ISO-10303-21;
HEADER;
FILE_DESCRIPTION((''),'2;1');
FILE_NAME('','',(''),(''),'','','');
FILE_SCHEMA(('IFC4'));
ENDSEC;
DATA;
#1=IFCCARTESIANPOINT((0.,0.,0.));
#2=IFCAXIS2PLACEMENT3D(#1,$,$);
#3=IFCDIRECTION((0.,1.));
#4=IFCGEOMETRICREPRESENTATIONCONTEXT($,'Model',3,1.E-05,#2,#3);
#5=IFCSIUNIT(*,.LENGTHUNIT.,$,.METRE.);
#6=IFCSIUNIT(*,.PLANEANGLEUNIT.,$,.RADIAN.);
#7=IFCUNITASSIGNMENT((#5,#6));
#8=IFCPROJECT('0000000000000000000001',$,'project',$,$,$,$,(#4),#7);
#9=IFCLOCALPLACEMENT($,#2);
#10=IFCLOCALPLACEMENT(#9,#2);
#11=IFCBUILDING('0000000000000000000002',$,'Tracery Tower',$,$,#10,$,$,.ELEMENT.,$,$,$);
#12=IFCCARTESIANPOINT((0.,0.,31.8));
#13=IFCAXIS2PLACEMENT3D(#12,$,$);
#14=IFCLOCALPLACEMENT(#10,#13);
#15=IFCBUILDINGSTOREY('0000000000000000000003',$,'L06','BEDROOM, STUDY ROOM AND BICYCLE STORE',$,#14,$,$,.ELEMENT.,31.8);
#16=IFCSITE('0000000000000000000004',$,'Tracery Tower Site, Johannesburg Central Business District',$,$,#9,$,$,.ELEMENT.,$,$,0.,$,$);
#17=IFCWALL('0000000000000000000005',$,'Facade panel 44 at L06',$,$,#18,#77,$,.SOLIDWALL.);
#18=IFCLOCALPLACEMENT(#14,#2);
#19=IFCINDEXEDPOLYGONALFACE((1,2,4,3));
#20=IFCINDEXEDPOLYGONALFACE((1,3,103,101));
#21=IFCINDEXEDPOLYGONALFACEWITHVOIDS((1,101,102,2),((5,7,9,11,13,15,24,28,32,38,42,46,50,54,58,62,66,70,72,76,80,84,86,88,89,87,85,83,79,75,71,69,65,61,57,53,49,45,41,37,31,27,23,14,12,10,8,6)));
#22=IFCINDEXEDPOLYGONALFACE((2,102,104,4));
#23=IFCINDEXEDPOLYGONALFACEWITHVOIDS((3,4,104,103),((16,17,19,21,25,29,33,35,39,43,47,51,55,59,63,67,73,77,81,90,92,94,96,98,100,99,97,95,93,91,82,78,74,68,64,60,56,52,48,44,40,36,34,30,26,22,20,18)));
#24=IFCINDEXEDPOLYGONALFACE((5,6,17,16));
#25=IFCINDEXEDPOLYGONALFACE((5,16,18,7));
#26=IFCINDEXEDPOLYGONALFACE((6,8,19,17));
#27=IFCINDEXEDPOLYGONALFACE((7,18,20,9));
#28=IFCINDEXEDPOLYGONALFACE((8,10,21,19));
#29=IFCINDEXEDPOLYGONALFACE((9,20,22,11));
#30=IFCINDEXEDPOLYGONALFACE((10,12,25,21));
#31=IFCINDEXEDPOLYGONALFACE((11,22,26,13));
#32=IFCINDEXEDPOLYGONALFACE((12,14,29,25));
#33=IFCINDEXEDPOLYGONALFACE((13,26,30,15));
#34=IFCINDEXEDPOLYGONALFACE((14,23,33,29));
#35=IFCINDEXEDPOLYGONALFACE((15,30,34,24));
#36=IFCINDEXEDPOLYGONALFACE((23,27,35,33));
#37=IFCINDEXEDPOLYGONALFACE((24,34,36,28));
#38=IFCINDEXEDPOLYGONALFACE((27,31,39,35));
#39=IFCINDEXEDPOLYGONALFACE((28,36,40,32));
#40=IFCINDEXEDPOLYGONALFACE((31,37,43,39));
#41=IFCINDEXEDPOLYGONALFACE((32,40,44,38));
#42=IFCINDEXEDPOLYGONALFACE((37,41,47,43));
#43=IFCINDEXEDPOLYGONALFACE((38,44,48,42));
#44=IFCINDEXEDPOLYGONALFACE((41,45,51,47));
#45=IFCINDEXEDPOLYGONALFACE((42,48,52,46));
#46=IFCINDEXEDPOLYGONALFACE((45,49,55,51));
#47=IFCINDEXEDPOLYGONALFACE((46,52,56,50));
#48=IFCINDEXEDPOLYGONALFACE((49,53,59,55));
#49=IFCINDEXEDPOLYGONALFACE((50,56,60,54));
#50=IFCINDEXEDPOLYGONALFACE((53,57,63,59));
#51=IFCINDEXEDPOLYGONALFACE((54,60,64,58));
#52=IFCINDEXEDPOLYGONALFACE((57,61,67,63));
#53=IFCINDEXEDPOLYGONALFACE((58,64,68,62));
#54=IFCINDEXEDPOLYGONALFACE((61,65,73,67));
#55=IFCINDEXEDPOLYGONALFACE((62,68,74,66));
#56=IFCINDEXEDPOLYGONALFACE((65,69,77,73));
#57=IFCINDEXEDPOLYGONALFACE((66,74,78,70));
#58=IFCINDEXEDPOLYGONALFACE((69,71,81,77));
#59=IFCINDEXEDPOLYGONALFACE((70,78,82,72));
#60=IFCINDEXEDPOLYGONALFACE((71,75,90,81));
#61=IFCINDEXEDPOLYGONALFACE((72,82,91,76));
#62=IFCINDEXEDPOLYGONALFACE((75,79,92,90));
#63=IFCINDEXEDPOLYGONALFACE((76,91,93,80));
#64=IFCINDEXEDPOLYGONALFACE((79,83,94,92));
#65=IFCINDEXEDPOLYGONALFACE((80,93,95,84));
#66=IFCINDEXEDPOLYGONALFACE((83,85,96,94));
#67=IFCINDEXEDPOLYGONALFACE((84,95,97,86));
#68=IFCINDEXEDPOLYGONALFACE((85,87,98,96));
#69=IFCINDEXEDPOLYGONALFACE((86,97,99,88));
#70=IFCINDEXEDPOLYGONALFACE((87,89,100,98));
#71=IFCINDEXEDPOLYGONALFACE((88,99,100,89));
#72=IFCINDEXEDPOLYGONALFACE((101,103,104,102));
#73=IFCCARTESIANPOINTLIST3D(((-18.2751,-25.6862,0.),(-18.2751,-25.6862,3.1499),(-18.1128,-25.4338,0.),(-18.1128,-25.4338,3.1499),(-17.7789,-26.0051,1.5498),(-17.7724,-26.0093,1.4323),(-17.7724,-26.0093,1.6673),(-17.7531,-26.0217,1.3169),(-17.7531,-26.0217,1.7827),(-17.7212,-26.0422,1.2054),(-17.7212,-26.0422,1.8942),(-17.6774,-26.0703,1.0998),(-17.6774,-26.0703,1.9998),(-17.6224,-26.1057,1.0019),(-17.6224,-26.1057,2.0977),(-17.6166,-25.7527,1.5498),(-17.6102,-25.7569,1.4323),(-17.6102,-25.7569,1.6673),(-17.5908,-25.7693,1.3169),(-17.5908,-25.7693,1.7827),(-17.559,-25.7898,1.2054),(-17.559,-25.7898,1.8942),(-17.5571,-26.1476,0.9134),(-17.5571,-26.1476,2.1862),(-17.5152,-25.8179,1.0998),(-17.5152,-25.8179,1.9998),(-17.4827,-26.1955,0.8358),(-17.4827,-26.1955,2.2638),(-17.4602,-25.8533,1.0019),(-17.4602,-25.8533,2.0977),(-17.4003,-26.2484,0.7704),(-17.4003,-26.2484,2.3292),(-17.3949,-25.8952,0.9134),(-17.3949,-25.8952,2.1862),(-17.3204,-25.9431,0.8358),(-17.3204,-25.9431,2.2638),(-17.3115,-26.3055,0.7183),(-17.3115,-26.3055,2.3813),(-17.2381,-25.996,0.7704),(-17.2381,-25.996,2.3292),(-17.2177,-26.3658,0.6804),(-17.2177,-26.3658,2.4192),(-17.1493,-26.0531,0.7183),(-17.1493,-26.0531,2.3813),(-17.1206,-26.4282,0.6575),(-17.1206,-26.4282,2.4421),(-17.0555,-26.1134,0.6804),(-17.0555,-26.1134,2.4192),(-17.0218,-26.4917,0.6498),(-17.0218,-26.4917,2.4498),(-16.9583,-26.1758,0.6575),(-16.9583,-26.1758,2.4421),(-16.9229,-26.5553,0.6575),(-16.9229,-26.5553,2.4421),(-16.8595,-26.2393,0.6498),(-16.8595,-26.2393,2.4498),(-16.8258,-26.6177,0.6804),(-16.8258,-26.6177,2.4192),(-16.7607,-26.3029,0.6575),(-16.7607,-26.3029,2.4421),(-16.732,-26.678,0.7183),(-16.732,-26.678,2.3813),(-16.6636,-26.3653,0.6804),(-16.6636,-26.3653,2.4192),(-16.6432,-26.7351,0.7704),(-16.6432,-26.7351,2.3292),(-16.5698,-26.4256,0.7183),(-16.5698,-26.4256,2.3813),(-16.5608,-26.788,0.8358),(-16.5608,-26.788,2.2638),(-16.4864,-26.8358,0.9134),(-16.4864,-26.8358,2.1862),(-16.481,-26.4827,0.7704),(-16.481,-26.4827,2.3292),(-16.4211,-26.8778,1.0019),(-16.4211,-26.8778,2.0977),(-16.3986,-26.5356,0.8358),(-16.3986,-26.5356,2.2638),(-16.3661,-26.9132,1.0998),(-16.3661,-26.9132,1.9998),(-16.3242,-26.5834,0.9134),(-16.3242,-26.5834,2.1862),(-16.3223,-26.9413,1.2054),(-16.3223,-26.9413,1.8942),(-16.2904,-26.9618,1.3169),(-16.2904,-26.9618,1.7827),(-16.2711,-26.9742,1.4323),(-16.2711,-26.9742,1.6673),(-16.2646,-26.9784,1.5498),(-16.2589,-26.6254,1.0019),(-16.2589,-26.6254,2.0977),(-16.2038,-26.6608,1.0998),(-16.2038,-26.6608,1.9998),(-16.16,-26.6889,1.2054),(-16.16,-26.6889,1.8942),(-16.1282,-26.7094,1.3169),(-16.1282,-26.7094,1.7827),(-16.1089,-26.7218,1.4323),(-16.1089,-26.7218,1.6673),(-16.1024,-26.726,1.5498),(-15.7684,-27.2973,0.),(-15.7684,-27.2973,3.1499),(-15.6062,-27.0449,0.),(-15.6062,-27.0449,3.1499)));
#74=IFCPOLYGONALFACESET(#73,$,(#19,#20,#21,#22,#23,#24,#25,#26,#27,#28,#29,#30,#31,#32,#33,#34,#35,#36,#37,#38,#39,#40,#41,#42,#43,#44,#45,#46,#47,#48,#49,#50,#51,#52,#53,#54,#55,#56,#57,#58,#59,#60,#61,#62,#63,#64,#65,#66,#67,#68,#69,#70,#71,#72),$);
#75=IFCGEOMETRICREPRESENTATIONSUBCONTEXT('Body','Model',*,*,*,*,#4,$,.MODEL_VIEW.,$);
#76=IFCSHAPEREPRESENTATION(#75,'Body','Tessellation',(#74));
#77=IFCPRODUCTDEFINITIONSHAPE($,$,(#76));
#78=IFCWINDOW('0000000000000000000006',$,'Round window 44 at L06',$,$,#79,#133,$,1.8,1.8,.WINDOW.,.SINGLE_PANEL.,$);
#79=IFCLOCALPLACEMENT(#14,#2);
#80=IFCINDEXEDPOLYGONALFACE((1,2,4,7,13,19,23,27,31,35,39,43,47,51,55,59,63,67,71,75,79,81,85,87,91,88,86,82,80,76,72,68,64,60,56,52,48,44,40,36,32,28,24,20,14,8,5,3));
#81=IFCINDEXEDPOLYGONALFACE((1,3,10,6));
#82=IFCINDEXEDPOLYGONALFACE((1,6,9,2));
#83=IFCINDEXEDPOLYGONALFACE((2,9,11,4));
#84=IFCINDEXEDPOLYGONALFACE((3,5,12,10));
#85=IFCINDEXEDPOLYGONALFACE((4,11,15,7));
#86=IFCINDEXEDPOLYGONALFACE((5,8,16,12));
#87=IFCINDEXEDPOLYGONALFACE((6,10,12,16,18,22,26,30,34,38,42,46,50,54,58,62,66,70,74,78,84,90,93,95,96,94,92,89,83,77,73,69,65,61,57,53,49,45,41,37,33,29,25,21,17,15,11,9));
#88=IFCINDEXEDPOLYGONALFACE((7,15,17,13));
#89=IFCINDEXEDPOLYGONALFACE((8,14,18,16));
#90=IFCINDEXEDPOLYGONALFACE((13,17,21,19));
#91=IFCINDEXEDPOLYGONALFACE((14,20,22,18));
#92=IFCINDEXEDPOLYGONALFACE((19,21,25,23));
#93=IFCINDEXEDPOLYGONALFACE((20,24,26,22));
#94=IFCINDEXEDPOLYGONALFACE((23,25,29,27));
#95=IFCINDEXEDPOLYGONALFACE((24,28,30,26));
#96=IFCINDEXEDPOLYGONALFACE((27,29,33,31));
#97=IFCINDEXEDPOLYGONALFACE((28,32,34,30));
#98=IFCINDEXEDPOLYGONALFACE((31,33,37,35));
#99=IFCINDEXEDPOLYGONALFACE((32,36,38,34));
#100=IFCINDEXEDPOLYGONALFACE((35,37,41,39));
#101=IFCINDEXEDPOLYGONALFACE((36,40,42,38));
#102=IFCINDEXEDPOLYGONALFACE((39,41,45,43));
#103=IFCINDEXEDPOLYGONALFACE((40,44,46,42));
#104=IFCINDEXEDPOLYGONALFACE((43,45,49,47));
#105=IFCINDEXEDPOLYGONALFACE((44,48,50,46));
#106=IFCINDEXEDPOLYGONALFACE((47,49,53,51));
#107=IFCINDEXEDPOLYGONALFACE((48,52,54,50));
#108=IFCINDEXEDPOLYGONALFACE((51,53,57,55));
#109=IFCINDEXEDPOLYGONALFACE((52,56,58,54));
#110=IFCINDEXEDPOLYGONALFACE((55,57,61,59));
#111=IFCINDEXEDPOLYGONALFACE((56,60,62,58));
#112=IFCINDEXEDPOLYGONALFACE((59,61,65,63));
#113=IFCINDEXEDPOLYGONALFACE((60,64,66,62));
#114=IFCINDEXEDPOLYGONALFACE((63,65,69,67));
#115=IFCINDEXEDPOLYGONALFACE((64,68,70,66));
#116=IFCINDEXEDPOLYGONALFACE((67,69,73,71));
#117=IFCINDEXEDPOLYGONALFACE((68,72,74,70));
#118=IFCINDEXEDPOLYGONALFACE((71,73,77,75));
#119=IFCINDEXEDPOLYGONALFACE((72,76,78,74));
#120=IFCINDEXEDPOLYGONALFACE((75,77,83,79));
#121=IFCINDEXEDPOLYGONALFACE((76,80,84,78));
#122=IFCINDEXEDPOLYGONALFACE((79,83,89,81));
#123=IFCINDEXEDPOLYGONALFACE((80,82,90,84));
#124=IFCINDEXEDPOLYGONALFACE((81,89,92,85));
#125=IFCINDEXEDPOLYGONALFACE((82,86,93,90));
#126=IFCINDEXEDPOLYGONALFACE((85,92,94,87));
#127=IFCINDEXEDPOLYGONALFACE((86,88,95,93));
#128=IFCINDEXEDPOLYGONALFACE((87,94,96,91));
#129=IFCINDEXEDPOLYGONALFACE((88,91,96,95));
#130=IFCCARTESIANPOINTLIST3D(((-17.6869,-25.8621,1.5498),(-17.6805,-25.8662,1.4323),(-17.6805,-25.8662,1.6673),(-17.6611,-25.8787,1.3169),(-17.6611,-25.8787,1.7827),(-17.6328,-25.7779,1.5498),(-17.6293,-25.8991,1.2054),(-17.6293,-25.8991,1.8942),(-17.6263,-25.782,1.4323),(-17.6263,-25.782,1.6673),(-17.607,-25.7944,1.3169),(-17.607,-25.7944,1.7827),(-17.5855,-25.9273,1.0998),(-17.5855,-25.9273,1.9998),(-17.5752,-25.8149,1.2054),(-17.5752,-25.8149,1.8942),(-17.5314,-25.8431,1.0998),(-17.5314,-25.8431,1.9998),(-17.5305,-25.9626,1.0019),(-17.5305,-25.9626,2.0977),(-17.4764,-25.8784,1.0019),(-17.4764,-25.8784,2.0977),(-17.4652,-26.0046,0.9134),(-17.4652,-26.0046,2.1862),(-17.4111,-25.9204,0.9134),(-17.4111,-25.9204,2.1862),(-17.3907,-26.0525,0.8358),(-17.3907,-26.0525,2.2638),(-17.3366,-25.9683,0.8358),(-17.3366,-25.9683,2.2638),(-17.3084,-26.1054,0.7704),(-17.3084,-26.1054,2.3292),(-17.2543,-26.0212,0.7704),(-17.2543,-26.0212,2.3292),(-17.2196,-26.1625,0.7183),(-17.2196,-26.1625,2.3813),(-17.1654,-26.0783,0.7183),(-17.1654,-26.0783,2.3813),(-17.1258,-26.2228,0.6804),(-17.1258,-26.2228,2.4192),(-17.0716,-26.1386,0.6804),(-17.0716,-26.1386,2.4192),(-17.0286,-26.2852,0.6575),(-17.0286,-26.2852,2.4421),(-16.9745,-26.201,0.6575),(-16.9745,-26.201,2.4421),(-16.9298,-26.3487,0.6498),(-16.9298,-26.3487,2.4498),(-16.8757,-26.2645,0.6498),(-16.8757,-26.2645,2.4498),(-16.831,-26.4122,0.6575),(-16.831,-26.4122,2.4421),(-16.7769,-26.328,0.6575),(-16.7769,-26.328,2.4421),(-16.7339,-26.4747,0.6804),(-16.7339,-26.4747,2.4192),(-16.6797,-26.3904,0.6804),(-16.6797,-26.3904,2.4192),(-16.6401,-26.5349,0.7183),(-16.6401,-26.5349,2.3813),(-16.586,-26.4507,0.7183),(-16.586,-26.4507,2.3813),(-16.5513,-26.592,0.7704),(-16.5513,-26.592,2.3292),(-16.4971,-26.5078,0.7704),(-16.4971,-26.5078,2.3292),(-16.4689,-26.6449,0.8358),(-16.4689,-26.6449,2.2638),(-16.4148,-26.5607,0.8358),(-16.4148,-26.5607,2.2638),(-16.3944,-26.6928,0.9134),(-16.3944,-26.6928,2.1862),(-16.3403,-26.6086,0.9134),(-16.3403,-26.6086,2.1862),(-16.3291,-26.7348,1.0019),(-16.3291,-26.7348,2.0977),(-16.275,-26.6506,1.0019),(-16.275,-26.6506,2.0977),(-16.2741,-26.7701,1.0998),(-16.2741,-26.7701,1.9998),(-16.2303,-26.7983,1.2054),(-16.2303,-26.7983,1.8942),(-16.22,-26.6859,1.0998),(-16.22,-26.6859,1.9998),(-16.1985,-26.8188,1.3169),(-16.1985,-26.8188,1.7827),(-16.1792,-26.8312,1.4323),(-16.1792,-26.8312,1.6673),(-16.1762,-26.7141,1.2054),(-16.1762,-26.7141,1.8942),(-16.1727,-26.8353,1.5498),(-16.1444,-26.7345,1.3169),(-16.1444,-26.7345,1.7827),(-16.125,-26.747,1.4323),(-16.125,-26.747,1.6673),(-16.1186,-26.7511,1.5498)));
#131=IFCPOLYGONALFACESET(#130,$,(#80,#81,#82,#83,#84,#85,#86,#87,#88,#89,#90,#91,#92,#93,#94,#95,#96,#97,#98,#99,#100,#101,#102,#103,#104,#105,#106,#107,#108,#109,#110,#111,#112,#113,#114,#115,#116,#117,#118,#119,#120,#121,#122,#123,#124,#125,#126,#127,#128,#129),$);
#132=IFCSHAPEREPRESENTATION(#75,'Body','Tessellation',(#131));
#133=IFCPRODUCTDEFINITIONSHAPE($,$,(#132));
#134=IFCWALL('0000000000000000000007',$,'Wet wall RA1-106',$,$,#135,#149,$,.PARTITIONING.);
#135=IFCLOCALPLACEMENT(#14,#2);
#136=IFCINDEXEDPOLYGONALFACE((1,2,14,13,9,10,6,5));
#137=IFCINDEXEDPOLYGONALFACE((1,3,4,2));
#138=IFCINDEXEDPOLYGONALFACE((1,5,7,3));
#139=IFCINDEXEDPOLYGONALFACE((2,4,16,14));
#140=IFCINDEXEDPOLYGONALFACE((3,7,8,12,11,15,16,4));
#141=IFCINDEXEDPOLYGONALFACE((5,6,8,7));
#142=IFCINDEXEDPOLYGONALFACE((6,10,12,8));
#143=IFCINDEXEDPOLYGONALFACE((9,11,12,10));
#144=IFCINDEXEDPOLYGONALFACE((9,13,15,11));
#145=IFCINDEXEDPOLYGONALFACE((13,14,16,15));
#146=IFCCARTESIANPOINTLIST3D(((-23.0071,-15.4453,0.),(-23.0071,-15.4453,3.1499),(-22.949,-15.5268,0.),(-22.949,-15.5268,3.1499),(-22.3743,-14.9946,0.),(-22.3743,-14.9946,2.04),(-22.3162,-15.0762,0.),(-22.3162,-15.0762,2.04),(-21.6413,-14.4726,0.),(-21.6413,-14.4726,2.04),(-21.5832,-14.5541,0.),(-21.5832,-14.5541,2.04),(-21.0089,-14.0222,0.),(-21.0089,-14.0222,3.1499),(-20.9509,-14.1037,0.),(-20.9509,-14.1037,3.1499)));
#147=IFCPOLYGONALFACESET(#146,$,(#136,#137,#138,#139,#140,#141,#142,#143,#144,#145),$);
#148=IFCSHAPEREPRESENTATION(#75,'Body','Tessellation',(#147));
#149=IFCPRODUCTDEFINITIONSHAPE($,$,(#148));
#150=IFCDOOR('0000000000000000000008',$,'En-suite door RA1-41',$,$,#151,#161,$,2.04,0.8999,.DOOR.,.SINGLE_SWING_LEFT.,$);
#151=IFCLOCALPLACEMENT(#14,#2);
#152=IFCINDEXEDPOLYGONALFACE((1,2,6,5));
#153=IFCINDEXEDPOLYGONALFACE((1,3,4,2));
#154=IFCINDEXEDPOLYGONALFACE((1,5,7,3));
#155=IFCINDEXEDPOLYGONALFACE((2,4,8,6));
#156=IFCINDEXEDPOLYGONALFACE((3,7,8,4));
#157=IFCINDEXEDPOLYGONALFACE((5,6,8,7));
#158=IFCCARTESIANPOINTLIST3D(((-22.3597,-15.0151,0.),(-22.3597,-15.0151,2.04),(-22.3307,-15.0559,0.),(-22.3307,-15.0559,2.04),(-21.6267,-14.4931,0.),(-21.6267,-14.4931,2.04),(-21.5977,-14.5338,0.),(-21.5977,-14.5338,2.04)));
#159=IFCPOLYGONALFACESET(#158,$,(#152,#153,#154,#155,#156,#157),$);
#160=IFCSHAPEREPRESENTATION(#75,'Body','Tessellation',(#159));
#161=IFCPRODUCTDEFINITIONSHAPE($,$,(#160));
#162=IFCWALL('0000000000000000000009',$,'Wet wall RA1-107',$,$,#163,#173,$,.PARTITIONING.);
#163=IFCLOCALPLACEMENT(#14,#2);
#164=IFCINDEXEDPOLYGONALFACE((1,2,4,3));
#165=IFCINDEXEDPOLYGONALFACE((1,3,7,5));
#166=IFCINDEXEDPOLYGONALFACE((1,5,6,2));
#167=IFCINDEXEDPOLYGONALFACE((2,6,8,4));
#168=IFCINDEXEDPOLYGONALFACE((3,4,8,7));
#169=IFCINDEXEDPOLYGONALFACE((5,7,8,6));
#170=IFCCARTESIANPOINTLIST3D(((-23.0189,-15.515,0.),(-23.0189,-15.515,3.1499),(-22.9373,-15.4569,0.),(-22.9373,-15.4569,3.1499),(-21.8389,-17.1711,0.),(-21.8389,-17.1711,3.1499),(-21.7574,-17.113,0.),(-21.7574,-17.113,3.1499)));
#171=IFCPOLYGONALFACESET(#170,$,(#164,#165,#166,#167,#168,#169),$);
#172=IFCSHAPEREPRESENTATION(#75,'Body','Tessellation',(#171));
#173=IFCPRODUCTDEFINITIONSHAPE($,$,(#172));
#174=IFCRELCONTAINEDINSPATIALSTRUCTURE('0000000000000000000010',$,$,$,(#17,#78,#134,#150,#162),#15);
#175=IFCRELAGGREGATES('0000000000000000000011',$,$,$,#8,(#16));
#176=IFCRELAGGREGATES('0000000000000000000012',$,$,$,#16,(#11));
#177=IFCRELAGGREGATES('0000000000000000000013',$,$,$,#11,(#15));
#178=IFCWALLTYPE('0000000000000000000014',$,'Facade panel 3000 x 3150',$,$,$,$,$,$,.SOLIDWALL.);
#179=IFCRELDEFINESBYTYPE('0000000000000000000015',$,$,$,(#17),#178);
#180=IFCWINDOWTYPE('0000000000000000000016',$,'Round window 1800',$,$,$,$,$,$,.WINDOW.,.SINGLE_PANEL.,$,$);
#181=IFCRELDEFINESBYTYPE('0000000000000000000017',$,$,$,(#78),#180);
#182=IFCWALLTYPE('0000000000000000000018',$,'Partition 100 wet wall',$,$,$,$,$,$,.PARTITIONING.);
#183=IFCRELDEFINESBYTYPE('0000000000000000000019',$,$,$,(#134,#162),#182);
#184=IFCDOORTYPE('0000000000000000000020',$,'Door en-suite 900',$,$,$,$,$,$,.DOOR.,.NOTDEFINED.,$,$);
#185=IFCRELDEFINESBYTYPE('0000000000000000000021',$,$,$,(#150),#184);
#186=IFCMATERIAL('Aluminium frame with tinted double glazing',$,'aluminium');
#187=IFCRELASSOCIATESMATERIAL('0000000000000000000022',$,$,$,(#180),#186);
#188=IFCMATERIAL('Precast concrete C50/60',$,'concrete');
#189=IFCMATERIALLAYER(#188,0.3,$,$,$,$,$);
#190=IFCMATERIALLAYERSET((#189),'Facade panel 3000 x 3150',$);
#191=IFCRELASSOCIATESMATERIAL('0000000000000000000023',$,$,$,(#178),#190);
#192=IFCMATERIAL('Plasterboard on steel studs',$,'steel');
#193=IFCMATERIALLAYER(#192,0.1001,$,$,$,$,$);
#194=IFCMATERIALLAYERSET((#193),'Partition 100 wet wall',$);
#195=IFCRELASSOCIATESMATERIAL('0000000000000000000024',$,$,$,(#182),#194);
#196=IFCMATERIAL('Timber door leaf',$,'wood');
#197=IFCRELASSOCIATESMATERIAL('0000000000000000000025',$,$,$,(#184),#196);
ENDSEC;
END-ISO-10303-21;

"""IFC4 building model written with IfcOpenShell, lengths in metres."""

from ifc_helpers import new_model, si_unit, direction, frame, frame_2d, origin, origin_2d, place, context, subcontext, project, spatial, rectangle, circle, extrude, material, layer, layer_set, type_object, element, fill, save


model = new_model("IFC4")

# Units and contexts
model_context = context("Model", 3, precision=1e-05, world=origin(), true_north=direction((0.0, 1.0)))
body_context = subcontext(model_context, "Body", "Model", "MODEL_VIEW")
ifc_project = project(units=[si_unit("LENGTHUNIT", "METRE"), si_unit("PLANEANGLEUNIT", "RADIAN")], contexts=[model_context])

# Site, building, storey
site_placement = place(None, origin())
site = spatial("IfcSite", under=ifc_project, at=site_placement, Name="Tracery Tower Site, Johannesburg Central Business District", CompositionType="ELEMENT", RefElevation=0.0)
building_placement = place(site_placement, origin())
building = spatial("IfcBuilding", under=site, at=building_placement, Name="Tracery Tower", CompositionType="ELEMENT")
storey_placement = place(building_placement, frame((0.0, 0.0, 31.8)))
storey = spatial("IfcBuildingStorey", under=building, at=storey_placement, Name="L06", Description="BEDROOM, STUDY ROOM AND BICYCLE STORE", CompositionType="ELEMENT", Elevation=31.8)

# Wall, opening, window
ifc_material_1 = material(Name="Aluminium frame with tinted double glazing", Category="aluminium")
window_type = type_object("IfcWindowType", Name="Round window 1800", PartitioningType="SINGLE_PANEL", PredefinedType="WINDOW", material=ifc_material_1)
ifc_material_2 = material(Name="Precast concrete C50/60", Category="concrete")
ifc_layer_1 = layer(ifc_material_2, 0.3)
ifc_layer_set_1 = layer_set([ifc_layer_1], Name="Facade panel 3000 x 3150")
wall_type_1 = type_object("IfcWallType", Name="Facade panel 3000 x 3150", PredefinedType="SOLIDWALL", material=ifc_layer_set_1)
wall_1_placement = place(storey_placement, frame((-18.1938, -25.5601, 0.0), z_axis=(0.0, 0.0, 1.0), x_axis=(0.841224, -0.540687, 0.0)))
wall_1 = element("IfcWall", 1, at=wall_1_placement, inside=storey, type_object=wall_type_1, Name="Facade panel 44 at L06", PredefinedType="SOLIDWALL", context=body_context, shape_type="SweptSolid", body=[
    extrude(rectangle(XDim=2.9797, YDim=0.3, at=frame_2d((1.4897, 0.0))), origin(), (0.0, 0.0, 1.0), 3.1499),
])
opening_1_placement = place(wall_1_placement, frame((1.4897, 0.0, 1.5498)))
opening_1 = element("IfcOpeningElement", 2, at=opening_1_placement, cuts=wall_1, PredefinedType="OPENING", context=body_context, shape_type="SweptSolid", body=[
    extrude(circle(Radius=0.9, at=origin_2d()), frame((0.0, 0.1599, 0.0), z_axis=(0.0, -1.0, 0.0), x_axis=(1.0, 0.0, 0.0)), (0.0, 0.0, 1.0), 0.3201),
])
window_1_placement = place(opening_1_placement, origin())
window_1 = element("IfcWindow", 3, at=window_1_placement, inside=storey, type_object=window_type, Name="Round window 44 at L06", OverallHeight=1.8, OverallWidth=1.8, PartitioningType="SINGLE_PANEL", PredefinedType="WINDOW", context=body_context, shape_type="SweptSolid", body=[
    extrude(circle(Radius=0.9, at=origin_2d()), frame((0.0, 0.1201, 0.0), z_axis=(0.0, -1.0, 0.0), x_axis=(1.0, 0.0, 0.0)), (0.0, 0.0, 1.0), 0.1001),
])
fill(opening_1, window_1)

# Wall, opening, door
ifc_material_3 = material(Name="Plasterboard on steel studs", Category="steel")
ifc_layer_2 = layer(ifc_material_3, 0.1001)
ifc_layer_set_2 = layer_set([ifc_layer_2], Name="Partition 100 wet wall")
wall_type_2 = type_object("IfcWallType", Name="Partition 100 wet wall", PredefinedType="PARTITIONING", material=ifc_layer_set_2)
wall_2_placement = place(storey_placement, frame((-22.978, -15.4861, 0.0), z_axis=(0.0, 0.0, 1.0), x_axis=(0.81452, 0.580136, 0.0)))
wall_2 = element("IfcWall", 4, at=wall_2_placement, inside=storey, type_object=wall_type_2, Name="Wet wall RA1-106", PredefinedType="PARTITIONING", context=body_context, shape_type="SweptSolid", body=[
    extrude(rectangle(XDim=2.4531, YDim=0.1001, at=frame_2d((1.2266, 0.0))), origin(), (0.0, 0.0, 1.0), 3.1499),
])
opening_2_placement = place(wall_2_placement, frame((0.7769, 0.0, 0.0)))
opening_2 = element("IfcOpeningElement", 5, at=opening_2_placement, cuts=wall_2, PredefinedType="OPENING", context=body_context, shape_type="SweptSolid", body=[
    extrude(rectangle(XDim=0.8999, YDim=2.04, at=frame_2d((0.45, 1.02))), frame((0.0, 0.05, 0.0), z_axis=(0.0, -1.0, 0.0), x_axis=(1.0, 0.0, 0.0)), (0.0, 0.0, 1.0), 0.1001),
])
ifc_material_4 = material(Name="Timber door leaf", Category="wood")
door_type_1 = type_object("IfcDoorType", Name="Door en-suite 900", OperationType="NOTDEFINED", PredefinedType="DOOR", material=ifc_material_4)
door_1_placement = place(opening_2_placement, origin())
door_1 = element("IfcDoor", 6, at=door_1_placement, inside=storey, type_object=door_type_1, Name="En-suite door RA1-41", OperationType="SINGLE_SWING_LEFT", OverallHeight=2.04, OverallWidth=0.8999, PredefinedType="DOOR", context=body_context, shape_type="SweptSolid", body=[
    extrude(rectangle(XDim=0.8999, YDim=2.04, at=frame_2d((0.45, 1.02))), frame((0.0, 0.0249, 0.0), z_axis=(0.0, -1.0, 0.0), x_axis=(1.0, 0.0, 0.0)), (0.0, 0.0, 1.0), 0.05),
])
fill(opening_2, door_1)

# Wall
wall_3_placement = place(storey_placement, frame((-22.978, -15.4861, 0.0), z_axis=(0.0, 0.0, 1.0), x_axis=(0.580284, -0.814414, 0.0)))
element("IfcWall", 7, at=wall_3_placement, inside=storey, type_object=wall_type_2, Name="Wet wall RA1-107", PredefinedType="PARTITIONING", context=body_context, shape_type="SweptSolid", body=[
    extrude(rectangle(XDim=2.0334, YDim=0.1001, at=frame_2d((1.0166, 0.0))), origin(), (0.0, 0.0, 1.0), 3.1499),
])

save(model, "model.ifc")
